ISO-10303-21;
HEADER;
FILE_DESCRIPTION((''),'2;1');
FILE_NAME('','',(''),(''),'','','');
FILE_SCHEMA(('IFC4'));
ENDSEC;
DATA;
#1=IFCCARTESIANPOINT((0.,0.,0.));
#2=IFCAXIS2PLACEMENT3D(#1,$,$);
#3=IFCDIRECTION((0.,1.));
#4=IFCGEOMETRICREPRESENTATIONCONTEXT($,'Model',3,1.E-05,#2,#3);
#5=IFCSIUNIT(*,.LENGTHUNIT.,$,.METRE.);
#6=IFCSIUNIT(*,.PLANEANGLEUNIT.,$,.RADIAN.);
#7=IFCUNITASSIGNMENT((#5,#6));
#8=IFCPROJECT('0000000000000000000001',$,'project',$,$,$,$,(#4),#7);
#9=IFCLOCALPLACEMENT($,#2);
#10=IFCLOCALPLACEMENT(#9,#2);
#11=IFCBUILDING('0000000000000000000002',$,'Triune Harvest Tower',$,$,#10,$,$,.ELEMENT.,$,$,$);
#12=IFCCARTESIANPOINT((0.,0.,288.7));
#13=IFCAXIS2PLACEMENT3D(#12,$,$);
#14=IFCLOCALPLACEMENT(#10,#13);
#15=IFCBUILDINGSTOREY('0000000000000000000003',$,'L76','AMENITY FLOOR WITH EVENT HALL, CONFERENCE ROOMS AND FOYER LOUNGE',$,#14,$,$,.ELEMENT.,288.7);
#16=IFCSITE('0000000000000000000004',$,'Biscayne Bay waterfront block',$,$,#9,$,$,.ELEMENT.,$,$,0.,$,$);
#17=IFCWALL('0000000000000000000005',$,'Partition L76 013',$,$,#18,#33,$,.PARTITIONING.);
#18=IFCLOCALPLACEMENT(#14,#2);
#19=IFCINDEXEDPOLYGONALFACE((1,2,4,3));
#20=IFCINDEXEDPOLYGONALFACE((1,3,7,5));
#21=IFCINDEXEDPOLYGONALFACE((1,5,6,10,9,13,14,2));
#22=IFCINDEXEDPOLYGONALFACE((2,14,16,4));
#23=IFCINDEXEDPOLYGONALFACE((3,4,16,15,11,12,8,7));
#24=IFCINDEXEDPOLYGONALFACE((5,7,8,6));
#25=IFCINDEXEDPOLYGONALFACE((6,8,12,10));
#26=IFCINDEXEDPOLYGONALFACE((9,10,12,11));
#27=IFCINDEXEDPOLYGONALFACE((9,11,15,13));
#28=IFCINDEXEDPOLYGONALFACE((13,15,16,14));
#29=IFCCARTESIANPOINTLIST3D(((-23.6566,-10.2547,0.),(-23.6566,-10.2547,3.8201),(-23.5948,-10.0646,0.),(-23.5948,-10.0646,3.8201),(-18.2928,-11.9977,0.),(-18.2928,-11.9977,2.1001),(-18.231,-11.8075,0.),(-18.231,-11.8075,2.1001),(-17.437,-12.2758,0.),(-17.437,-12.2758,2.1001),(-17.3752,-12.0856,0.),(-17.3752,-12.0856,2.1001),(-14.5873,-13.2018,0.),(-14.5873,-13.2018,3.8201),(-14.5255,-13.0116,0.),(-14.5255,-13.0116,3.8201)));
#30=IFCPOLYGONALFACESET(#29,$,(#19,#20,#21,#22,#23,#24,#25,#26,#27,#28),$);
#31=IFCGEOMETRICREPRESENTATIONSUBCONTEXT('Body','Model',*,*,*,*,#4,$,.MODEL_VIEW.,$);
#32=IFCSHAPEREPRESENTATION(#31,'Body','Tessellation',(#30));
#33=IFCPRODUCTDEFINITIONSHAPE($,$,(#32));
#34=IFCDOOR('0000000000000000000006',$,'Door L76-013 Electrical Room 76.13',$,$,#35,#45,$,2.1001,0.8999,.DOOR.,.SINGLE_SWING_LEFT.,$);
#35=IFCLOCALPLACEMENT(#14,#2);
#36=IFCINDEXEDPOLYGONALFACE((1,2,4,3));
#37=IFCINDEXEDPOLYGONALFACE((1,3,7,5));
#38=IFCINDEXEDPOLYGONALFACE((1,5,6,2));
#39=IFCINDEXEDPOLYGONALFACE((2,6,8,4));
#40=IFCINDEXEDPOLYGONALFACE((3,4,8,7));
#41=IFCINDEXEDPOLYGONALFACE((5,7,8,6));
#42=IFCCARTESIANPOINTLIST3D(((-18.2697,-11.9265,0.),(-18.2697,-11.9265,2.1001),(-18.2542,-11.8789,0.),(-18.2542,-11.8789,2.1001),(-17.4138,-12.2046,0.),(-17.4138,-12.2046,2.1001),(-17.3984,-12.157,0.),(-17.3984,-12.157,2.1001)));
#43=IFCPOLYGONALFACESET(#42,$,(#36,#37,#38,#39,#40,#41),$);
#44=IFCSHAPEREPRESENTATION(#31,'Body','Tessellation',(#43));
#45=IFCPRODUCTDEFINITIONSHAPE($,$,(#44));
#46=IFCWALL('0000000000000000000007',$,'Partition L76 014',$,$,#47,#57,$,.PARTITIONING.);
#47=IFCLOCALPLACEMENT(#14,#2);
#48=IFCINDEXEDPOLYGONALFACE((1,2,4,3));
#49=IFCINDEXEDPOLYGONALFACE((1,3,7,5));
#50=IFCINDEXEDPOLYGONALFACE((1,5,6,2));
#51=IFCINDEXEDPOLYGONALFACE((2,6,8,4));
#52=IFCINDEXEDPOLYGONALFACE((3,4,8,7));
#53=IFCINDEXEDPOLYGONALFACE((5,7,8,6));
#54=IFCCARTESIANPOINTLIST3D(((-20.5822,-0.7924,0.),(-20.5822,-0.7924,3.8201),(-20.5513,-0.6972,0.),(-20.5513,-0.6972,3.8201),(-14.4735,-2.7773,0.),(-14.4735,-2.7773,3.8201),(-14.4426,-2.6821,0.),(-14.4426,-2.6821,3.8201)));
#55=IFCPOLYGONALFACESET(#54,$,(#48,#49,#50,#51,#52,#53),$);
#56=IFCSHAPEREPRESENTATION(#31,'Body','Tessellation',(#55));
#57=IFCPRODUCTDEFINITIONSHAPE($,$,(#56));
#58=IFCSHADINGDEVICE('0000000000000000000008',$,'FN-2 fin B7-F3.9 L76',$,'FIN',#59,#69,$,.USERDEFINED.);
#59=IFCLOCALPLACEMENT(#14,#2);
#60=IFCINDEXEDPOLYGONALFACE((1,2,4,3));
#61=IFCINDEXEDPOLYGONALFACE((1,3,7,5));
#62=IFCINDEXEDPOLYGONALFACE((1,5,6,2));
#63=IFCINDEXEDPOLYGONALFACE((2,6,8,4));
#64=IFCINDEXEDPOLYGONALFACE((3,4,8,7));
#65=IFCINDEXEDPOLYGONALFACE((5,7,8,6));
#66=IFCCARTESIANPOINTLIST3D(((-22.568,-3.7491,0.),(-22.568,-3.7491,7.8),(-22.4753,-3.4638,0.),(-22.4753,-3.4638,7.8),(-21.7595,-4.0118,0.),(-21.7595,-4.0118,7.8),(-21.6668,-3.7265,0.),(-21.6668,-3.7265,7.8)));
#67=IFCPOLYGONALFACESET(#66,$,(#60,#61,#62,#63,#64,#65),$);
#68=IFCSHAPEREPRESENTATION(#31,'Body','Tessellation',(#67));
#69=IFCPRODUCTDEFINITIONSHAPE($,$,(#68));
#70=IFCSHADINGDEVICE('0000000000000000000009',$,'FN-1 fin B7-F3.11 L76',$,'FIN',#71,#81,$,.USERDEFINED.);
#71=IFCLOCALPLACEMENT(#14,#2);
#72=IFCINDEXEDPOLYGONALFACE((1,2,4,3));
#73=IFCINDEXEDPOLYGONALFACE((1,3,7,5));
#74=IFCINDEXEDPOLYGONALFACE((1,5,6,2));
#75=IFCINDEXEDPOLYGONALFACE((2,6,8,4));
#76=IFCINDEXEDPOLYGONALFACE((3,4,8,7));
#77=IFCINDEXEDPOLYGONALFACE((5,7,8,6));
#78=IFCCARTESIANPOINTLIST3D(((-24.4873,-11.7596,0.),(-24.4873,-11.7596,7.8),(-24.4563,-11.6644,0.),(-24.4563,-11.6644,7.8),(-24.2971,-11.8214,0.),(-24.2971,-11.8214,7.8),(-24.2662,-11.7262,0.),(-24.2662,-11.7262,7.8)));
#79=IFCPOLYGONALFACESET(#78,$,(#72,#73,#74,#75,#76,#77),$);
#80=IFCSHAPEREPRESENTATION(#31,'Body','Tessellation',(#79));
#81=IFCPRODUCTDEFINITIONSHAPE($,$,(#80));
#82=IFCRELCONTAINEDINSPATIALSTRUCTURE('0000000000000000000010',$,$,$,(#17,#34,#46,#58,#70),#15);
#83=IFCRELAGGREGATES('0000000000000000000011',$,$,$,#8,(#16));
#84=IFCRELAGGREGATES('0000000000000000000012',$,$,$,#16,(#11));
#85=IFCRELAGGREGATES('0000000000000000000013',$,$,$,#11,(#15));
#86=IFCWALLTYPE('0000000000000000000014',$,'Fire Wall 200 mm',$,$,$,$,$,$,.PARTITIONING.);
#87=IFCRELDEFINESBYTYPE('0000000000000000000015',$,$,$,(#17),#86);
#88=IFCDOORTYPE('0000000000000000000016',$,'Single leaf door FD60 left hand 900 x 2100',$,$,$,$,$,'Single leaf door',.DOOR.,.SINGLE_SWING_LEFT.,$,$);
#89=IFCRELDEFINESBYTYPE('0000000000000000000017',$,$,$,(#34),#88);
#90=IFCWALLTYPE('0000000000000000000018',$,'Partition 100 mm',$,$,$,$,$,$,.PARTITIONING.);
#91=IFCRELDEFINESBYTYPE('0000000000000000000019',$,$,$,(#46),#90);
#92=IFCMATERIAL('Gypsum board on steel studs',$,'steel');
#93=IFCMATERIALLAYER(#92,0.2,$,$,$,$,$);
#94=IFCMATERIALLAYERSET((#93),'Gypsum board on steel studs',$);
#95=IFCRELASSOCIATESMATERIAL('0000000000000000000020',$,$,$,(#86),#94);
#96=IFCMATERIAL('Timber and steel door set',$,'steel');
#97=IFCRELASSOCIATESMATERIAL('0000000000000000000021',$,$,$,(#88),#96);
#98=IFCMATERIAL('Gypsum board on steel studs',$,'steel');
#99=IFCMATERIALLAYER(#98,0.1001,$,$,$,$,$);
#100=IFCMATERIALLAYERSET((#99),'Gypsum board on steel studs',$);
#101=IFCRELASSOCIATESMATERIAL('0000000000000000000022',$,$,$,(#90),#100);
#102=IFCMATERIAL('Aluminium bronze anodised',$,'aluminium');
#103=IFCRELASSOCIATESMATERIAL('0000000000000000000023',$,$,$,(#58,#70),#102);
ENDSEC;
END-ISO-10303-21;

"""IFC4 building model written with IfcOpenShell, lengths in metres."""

from ifc_helpers import new_model, si_unit, direction, frame, frame_2d, origin, origin_2d, place, context, subcontext, project, spatial, rectangle, extrude, source, transform, mapped, material, layer, layer_set, type_object, element, fill, save


model = new_model("IFC4")

# Units and contexts
model_context = context("Model", 3, precision=1e-05, world=origin(), true_north=direction((0.0, 1.0)))
body_context = subcontext(model_context, "Body", "Model", "MODEL_VIEW")
ifc_project = project(units=[si_unit("LENGTHUNIT", "METRE"), si_unit("PLANEANGLEUNIT", "RADIAN")], contexts=[model_context])

# Site, building, storey
site_placement = place(None, origin())
site = spatial("IfcSite", under=ifc_project, at=site_placement, Name="Biscayne Bay waterfront block", CompositionType="ELEMENT", RefElevation=0.0)
building_placement = place(site_placement, origin())
building = spatial("IfcBuilding", under=site, at=building_placement, Name="Triune Harvest Tower", CompositionType="ELEMENT")
storey_placement = place(building_placement, frame((0.0, 0.0, 288.7)))
storey = spatial("IfcBuildingStorey", under=building, at=storey_placement, Name="L76", Description="AMENITY FLOOR WITH EVENT HALL, CONFERENCE ROOMS AND FOYER LOUNGE", CompositionType="ELEMENT", Elevation=288.7)

# Wall, opening, door
ifc_material_1 = material(Name="Gypsum board on steel studs", Category="steel")
ifc_layer_1 = layer(ifc_material_1, 0.2)
ifc_layer_set_1 = layer_set([ifc_layer_1], Name="Gypsum board on steel studs")
wall_type_1 = type_object("IfcWallType", Name="Fire Wall 200 mm", PredefinedType="PARTITIONING", material=ifc_layer_set_1)
wall_1_placement = place(storey_placement, frame((-23.6257, -10.1597, 0.0), z_axis=(0.0, 0.0, 1.0), x_axis=(0.95105, -0.309037, 0.0)))
wall_1 = element("IfcWall", 1, at=wall_1_placement, inside=storey, type_object=wall_type_1, Name="Partition L76 013", PredefinedType="PARTITIONING", context=body_context, shape_type="SweptSolid", body=[
    extrude(rectangle(XDim=9.5361, YDim=0.2, at=frame_2d((4.7681, 0.0))), origin(), (0.0, 0.0, 1.0), 3.8201),
])
opening_1_placement = place(wall_1_placement, frame((5.6399, 0.0, 0.0)))
opening_1 = element("IfcOpeningElement", 2, at=opening_1_placement, cuts=wall_1, PredefinedType="OPENING", context=body_context, shape_type="SweptSolid", body=[
    extrude(rectangle(XDim=0.8999, YDim=2.1001, at=frame_2d((0.45, 1.05))), frame((0.0, 0.1099, 0.0), z_axis=(0.0, -1.0, 0.0), x_axis=(1.0, 0.0, 0.0)), (0.0, 0.0, 1.0), 0.22),
])
ifc_material_2 = material(Name="Timber and steel door set", Category="steel")
door_type_1 = type_object("IfcDoorType", Name="Single leaf door FD60 left hand 900 x 2100", ElementType="Single leaf door", OperationType="SINGLE_SWING_LEFT", PredefinedType="DOOR", material=ifc_material_2)
door_1_placement = place(opening_1_placement, origin())
door_1 = element("IfcDoor", 3, at=door_1_placement, inside=storey, type_object=door_type_1, Name="Door L76-013 Electrical Room 76.13", OperationType="SINGLE_SWING_LEFT", OverallHeight=2.1001, OverallWidth=0.8999, PredefinedType="DOOR", context=body_context, shape_type="SweptSolid", body=[
    extrude(rectangle(XDim=0.8999, YDim=2.1001, at=frame_2d((0.45, 1.05))), frame((0.0, 0.0249, 0.0), z_axis=(0.0, -1.0, 0.0), x_axis=(1.0, 0.0, 0.0)), (0.0, 0.0, 1.0), 0.05),
])
fill(opening_1, door_1)

# Wall
ifc_material_3 = material(Name="Gypsum board on steel studs", Category="steel")
ifc_layer_2 = layer(ifc_material_3, 0.1001)
ifc_layer_set_2 = layer_set([ifc_layer_2], Name="Gypsum board on steel studs")
wall_type_2 = type_object("IfcWallType", Name="Partition 100 mm", PredefinedType="PARTITIONING", material=ifc_layer_set_2)
wall_2_placement = place(storey_placement, frame((-20.5667, -0.7449, 0.0), z_axis=(0.0, 0.0, 1.0), x_axis=(0.951054, -0.309023, 0.0)))
element("IfcWall", 4, at=wall_2_placement, inside=storey, type_object=wall_type_2, Name="Partition L76 014", PredefinedType="PARTITIONING", context=body_context, shape_type="SweptSolid", body=[
    extrude(rectangle(XDim=6.4231, YDim=0.1001, at=frame_2d((3.2114, 0.0))), origin(), (0.0, 0.0, 1.0), 3.8201),
])

# Shading devices
ifc_material_4 = material(Name="Aluminium bronze anodised", Category="aluminium")
shared_shape_1 = source(origin(), body_context, "Body", "SweptSolid", [
    extrude(rectangle(XDim=0.3, YDim=0.8501, at=origin_2d()), origin(), (0.0, 0.0, 1.0), 7.8),
])
shading_device_1_placement = place(storey_placement, frame((-22.1174, -3.7378, 0.0), z_axis=(0.0, 0.0, 1.0), x_axis=(-0.309016, -0.951057, 0.0)))
element("IfcShadingDevice", 5, at=shading_device_1_placement, inside=storey, material=ifc_material_4, Name="FN-2 fin B7-F3.9 L76", ObjectType="FIN", PredefinedType="USERDEFINED", context=body_context, shape_type="MappedRepresentation", body=[
    mapped(shared_shape_1, transform((0.0, 0.0, 0.0), scale=1.0)),
])
shared_shape_2 = source(origin(), body_context, "Body", "SweptSolid", [
    extrude(rectangle(XDim=0.1001, YDim=0.2, at=origin_2d()), origin(), (0.0, 0.0, 1.0), 7.8),
])
shading_device_2_placement = place(storey_placement, frame((-24.3767, -11.7429, 0.0), z_axis=(0.0, 0.0, 1.0), x_axis=(-0.309016, -0.951057, 0.0)))
element("IfcShadingDevice", 6, at=shading_device_2_placement, inside=storey, material=ifc_material_4, Name="FN-1 fin B7-F3.11 L76", ObjectType="FIN", PredefinedType="USERDEFINED", context=body_context, shape_type="MappedRepresentation", body=[
    mapped(shared_shape_2, transform((0.0, 0.0, 0.0), scale=1.0)),
])

save(model, "model.ifc")
